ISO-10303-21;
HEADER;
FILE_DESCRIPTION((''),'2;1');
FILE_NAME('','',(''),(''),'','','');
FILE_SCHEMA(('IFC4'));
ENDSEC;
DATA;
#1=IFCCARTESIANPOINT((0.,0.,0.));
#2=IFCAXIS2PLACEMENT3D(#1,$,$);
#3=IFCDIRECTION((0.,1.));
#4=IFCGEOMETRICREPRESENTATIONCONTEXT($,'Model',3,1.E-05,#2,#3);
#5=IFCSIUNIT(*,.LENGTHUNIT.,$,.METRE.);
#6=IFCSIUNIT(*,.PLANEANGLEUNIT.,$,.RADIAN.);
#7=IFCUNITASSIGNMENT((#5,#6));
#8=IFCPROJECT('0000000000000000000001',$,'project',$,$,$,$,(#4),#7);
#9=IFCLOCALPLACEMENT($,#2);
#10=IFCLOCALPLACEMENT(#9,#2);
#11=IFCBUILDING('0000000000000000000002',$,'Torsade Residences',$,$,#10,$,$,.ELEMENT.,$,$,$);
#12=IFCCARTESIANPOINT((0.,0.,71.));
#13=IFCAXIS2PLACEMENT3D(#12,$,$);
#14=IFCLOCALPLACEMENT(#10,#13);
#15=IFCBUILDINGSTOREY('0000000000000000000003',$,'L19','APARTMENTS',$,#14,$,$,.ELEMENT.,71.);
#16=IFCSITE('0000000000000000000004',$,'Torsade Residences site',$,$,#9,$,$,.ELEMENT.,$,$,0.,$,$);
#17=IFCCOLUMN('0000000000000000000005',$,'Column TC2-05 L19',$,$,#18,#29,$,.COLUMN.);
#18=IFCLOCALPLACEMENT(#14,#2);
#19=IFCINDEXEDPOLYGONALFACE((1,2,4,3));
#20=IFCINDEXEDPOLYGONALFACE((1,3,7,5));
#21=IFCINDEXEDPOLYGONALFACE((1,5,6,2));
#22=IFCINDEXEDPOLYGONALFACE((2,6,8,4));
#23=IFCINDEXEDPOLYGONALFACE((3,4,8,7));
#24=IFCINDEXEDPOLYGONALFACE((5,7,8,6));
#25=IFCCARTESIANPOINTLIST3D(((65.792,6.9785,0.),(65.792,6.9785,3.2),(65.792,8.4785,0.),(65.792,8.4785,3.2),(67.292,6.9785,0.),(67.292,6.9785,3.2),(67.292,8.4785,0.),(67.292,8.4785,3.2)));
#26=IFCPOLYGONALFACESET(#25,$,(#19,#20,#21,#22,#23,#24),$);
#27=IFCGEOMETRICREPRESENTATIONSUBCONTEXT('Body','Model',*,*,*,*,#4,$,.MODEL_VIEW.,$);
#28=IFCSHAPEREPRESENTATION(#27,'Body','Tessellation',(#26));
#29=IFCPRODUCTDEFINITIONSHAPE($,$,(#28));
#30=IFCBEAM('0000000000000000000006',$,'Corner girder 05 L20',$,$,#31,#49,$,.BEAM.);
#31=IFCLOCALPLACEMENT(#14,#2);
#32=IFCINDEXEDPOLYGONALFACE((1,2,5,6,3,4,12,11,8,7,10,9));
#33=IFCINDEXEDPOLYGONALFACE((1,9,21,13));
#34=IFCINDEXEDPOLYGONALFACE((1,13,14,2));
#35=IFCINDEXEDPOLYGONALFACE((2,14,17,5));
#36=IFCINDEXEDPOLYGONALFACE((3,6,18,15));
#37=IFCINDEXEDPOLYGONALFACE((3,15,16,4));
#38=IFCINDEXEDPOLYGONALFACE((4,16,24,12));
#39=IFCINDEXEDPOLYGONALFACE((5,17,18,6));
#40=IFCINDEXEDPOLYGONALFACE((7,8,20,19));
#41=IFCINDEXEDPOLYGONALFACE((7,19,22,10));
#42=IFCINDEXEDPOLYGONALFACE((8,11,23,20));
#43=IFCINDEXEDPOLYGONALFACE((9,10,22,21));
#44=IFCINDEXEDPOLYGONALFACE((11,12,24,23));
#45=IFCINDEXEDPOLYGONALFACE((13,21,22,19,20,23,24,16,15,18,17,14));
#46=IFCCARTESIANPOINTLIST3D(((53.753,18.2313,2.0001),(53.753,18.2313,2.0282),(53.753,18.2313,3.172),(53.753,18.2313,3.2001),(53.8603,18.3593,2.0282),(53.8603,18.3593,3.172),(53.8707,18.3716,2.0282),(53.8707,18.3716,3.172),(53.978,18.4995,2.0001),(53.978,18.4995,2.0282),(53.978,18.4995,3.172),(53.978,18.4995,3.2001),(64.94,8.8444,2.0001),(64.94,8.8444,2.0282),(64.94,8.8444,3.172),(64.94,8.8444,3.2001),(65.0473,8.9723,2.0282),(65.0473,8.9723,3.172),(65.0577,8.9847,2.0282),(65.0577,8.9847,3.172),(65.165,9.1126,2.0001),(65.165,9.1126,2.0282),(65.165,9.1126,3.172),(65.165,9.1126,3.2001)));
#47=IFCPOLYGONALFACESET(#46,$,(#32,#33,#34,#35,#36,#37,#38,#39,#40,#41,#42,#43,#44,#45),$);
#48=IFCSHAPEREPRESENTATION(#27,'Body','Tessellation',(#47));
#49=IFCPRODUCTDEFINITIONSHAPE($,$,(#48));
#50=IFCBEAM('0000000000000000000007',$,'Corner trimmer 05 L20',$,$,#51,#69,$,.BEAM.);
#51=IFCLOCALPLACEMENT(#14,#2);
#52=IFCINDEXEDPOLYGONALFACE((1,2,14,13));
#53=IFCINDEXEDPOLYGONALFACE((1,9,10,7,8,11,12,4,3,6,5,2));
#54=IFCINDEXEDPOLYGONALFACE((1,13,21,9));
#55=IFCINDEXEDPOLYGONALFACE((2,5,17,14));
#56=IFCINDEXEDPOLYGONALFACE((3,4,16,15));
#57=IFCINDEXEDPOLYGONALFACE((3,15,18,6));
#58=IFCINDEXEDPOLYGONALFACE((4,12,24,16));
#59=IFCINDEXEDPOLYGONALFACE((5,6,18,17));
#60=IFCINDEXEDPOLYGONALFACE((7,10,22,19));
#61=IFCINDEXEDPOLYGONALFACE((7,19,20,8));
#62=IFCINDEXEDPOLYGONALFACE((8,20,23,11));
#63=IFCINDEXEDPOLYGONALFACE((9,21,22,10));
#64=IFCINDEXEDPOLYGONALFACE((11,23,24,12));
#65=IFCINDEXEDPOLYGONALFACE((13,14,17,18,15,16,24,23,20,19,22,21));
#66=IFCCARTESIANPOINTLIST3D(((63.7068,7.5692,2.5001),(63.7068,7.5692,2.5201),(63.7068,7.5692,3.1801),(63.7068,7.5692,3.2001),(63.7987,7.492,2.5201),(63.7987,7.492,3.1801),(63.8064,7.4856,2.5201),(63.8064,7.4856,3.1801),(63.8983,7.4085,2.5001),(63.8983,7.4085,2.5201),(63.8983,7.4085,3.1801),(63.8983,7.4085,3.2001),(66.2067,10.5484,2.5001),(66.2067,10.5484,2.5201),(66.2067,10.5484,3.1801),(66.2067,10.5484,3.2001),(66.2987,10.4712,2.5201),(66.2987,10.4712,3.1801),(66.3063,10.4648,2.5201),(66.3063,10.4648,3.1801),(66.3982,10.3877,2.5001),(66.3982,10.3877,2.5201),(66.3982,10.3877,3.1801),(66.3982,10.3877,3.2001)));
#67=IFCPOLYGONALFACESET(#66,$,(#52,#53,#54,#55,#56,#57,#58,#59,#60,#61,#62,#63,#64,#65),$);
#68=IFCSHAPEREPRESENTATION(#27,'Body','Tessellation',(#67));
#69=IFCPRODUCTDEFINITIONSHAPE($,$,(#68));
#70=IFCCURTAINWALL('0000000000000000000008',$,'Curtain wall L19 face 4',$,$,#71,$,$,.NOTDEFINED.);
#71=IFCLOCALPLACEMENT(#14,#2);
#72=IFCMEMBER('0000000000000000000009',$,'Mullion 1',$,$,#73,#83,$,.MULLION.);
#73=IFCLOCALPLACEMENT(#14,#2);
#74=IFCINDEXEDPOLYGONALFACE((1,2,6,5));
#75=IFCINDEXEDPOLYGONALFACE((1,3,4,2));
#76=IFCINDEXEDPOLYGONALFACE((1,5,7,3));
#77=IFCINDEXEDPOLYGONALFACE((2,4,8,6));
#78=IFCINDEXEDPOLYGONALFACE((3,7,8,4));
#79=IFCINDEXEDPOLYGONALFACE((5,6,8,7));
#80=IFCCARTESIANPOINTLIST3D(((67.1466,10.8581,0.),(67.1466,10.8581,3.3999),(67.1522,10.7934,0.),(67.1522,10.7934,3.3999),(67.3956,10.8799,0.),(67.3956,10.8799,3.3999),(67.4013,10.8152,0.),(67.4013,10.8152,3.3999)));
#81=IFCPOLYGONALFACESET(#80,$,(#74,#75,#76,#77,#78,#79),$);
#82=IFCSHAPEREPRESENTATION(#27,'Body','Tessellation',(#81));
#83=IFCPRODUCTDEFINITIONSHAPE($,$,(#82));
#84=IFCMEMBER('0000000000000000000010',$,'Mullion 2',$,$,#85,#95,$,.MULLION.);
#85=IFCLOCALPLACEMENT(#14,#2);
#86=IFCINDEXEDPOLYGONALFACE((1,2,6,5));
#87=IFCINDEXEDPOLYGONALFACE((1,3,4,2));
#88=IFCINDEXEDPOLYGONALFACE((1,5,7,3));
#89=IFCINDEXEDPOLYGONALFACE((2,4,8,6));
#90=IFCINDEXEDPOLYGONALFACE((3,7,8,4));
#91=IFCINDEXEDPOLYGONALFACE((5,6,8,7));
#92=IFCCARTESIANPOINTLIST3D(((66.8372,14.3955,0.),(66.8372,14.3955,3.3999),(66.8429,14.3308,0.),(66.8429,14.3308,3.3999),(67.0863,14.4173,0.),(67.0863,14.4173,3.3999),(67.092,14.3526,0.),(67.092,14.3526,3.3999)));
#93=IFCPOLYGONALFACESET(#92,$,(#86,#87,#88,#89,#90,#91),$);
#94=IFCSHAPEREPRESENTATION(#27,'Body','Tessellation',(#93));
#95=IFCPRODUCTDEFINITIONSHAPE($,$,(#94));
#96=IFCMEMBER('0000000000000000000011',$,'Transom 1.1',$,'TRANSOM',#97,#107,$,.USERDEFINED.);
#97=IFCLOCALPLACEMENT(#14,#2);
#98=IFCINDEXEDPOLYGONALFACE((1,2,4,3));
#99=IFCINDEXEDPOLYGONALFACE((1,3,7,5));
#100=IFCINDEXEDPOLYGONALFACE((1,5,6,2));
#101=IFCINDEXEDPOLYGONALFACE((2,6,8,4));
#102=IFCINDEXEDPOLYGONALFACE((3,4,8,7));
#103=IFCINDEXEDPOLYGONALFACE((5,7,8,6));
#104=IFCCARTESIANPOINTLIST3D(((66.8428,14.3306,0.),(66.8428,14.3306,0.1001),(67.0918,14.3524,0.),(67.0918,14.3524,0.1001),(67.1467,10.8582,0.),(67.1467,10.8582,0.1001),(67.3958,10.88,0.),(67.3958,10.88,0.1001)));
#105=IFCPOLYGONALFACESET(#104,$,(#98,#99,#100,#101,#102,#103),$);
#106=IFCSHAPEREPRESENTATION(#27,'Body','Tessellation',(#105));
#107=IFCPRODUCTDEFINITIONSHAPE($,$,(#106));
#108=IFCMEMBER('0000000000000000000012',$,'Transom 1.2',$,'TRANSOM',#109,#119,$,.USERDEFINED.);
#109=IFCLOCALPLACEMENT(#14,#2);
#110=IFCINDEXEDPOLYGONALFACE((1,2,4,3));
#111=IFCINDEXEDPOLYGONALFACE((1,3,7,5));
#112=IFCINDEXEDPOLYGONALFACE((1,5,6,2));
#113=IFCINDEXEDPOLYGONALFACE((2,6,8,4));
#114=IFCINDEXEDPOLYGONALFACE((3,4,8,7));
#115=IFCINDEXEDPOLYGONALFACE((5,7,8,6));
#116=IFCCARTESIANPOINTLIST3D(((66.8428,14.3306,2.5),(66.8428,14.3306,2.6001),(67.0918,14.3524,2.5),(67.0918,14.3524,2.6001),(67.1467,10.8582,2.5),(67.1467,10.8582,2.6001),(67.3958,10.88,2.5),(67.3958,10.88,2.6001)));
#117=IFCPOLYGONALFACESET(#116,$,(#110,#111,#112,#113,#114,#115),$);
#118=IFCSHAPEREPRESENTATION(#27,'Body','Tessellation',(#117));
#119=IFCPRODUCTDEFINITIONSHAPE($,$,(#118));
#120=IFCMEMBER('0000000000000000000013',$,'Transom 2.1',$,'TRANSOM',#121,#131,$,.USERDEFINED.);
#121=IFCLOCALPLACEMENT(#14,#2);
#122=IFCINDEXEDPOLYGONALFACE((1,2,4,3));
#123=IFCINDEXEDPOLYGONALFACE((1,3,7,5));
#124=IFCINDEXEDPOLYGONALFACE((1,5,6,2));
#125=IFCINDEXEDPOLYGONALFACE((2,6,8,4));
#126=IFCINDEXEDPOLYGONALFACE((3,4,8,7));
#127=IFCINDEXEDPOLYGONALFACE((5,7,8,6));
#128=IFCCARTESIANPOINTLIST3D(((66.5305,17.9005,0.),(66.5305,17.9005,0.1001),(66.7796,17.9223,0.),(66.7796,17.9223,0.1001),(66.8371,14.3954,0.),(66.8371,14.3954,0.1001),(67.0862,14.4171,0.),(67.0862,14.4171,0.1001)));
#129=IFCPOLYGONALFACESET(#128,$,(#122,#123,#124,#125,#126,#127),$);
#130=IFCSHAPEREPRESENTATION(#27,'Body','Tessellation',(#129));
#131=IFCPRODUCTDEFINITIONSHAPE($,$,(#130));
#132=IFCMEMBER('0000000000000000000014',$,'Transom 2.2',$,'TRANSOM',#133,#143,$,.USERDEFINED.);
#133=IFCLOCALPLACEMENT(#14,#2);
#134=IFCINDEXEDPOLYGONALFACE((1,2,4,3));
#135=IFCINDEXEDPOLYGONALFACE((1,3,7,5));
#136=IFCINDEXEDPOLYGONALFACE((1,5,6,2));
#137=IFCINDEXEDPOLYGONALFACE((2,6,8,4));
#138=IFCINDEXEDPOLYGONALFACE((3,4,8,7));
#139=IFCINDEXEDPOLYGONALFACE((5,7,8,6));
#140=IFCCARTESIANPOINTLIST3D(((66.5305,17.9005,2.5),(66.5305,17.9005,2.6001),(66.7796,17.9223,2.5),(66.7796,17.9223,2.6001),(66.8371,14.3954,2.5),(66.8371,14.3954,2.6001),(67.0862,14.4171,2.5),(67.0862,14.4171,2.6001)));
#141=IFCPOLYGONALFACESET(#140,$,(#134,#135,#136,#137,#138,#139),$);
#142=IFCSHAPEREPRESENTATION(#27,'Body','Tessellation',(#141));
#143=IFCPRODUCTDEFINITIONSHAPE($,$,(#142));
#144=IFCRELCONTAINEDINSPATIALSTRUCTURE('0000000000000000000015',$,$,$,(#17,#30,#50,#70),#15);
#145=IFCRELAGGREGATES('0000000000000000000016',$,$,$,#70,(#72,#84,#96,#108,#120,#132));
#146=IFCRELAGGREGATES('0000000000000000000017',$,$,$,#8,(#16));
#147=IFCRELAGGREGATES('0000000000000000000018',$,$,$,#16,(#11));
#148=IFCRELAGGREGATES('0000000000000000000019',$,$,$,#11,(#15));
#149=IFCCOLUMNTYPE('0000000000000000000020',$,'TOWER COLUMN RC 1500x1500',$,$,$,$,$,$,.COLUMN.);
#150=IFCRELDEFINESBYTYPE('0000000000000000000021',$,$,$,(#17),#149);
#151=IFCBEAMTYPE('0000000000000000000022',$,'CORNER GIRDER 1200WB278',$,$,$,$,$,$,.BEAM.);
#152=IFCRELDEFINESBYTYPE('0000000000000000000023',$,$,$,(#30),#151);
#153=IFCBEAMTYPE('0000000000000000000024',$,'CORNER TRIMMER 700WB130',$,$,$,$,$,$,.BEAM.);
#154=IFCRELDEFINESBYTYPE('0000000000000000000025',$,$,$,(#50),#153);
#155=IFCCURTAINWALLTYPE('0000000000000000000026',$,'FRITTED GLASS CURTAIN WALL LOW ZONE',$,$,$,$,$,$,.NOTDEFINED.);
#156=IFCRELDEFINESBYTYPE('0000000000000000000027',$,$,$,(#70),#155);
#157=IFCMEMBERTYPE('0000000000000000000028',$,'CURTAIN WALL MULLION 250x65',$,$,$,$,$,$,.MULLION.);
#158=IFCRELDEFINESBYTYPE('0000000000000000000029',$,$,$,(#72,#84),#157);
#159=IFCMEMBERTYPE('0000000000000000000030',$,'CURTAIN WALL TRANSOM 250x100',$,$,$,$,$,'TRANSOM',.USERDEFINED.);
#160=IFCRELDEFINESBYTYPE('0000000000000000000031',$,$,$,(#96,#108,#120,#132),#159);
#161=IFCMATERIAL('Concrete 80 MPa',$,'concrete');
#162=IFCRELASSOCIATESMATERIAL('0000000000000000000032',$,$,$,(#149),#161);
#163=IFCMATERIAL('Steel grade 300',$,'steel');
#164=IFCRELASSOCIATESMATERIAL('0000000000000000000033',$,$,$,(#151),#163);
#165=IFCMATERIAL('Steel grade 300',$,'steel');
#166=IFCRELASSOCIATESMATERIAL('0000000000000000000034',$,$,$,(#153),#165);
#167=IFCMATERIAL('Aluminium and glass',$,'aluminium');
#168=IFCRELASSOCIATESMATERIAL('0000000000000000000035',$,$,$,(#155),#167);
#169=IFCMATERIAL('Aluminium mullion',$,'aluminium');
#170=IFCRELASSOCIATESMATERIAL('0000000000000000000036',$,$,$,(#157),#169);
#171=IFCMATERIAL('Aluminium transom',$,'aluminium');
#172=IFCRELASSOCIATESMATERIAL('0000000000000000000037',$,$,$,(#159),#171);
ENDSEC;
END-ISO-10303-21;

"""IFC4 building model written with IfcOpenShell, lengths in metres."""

from ifc_helpers import new_model, si_unit, direction, frame, origin, origin_2d, place, context, subcontext, project, spatial, rectangle, i_section, extrude, material, material_profile, profile_set, type_object, element, aggregate, save


model = new_model("IFC4")

# Units and contexts
model_context = context("Model", 3, precision=1e-05, world=origin(), true_north=direction((0.0, 1.0)))
body_context = subcontext(model_context, "Body", "Model", "MODEL_VIEW")
ifc_project = project(units=[si_unit("LENGTHUNIT", "METRE"), si_unit("PLANEANGLEUNIT", "RADIAN")], contexts=[model_context])

# Site, building, storey
site_placement = place(None, origin())
site = spatial("IfcSite", under=ifc_project, at=site_placement, Name="Torsade Residences site", CompositionType="ELEMENT", RefElevation=0.0)
building_placement = place(site_placement, origin())
building = spatial("IfcBuilding", under=site, at=building_placement, Name="Torsade Residences", CompositionType="ELEMENT")
storey_placement = place(building_placement, frame((0.0, 0.0, 71.0)))
storey = spatial("IfcBuildingStorey", under=building, at=storey_placement, Name="L19", Description="APARTMENTS", CompositionType="ELEMENT", Elevation=71.0)

# Column
ifc_material_1 = material(Name="Concrete 80 MPa", Category="concrete")
ifc_material_profile_1 = material_profile(ifc_material_1, rectangle(XDim=1.5, YDim=1.5, at=origin_2d()), Name="RC 1500x1500")
ifc_profile_set_1 = profile_set([ifc_material_profile_1], Name="Concrete 80 MPa")
column_type = type_object("IfcColumnType", Name="TOWER COLUMN RC 1500x1500", PredefinedType="COLUMN", material=ifc_profile_set_1)
column_placement = place(storey_placement, frame((66.542, 7.7285, 0.0), z_axis=(0.0, 0.0, 1.0), x_axis=(1.0, 0.0, 0.0)))
element("IfcColumn", 1, at=column_placement, inside=storey, type_object=column_type, Name="Column TC2-05 L19", PredefinedType="COLUMN", context=body_context, shape_type="SweptSolid", body=[
    extrude(rectangle(XDim=1.5, YDim=1.5, at=origin_2d()), origin(), (0.0, 0.0, 1.0), 3.2),
])

# Beams
ifc_material_2 = material(Name="Steel grade 300", Category="steel")
ifc_material_profile_2 = material_profile(ifc_material_2, i_section(OverallWidth=0.3501, OverallDepth=1.2, WebThickness=0.0161, FlangeThickness=0.0281, at=origin_2d()), Name="1200WB278")
ifc_profile_set_2 = profile_set([ifc_material_profile_2], Name="Steel grade 300")
beam_type_1 = type_object("IfcBeamType", Name="CORNER GIRDER 1200WB278", PredefinedType="BEAM", material=ifc_profile_set_2)
beam_1_placement = place(storey_placement, frame((65.0525, 8.9785, 2.6001), z_axis=(-0.766046, 0.642785, 0.0), x_axis=(-0.642785, -0.766046, 0.0)))
element("IfcBeam", 2, at=beam_1_placement, inside=storey, type_object=beam_type_1, Name="Corner girder 05 L20", PredefinedType="BEAM", context=body_context, shape_type="SweptSolid", body=[
    extrude(i_section(OverallWidth=0.3501, OverallDepth=1.2, WebThickness=0.0161, FlangeThickness=0.0281, at=origin_2d()), origin(), (0.0, 0.0, 1.0), 14.6035),
])
ifc_material_3 = material(Name="Steel grade 300", Category="steel")
ifc_material_profile_3 = material_profile(ifc_material_3, i_section(OverallWidth=0.25, OverallDepth=0.7, WebThickness=0.01, FlangeThickness=0.02, at=origin_2d()), Name="700WB130")
ifc_profile_set_3 = profile_set([ifc_material_profile_3], Name="Steel grade 300")
beam_type_2 = type_object("IfcBeamType", Name="CORNER TRIMMER 700WB130", PredefinedType="BEAM", material=ifc_profile_set_3)
beam_2_placement = place(storey_placement, frame((66.3025, 10.468, 2.8501), z_axis=(-0.642805, -0.76603, 0.0), x_axis=(0.76603, -0.642805, 0.0)))
element("IfcBeam", 3, at=beam_2_placement, inside=storey, type_object=beam_type_2, Name="Corner trimmer 05 L20", PredefinedType="BEAM", context=body_context, shape_type="SweptSolid", body=[
    extrude(i_section(OverallWidth=0.25, OverallDepth=0.7, WebThickness=0.01, FlangeThickness=0.02, at=origin_2d()), origin(), (0.0, 0.0, 1.0), 3.8892),
])

# Curtain wall, members
ifc_material_4 = material(Name="Aluminium and glass", Category="aluminium")
curtain_wall_type = type_object("IfcCurtainWallType", Name="FRITTED GLASS CURTAIN WALL LOW ZONE", PredefinedType="NOTDEFINED", material=ifc_material_4)
curtain_wall_placement = place(storey_placement, origin())
curtain_wall = element("IfcCurtainWall", 4, at=curtain_wall_placement, inside=storey, type_object=curtain_wall_type, Name="Curtain wall L19 face 4", PredefinedType="NOTDEFINED")
ifc_material_5 = material(Name="Aluminium mullion", Category="aluminium")
ifc_material_profile_4 = material_profile(ifc_material_5, rectangle(XDim=0.25, YDim=0.0649, at=origin_2d()), Name="CURTAIN WALL MULLION 250x65")
ifc_profile_set_4 = profile_set([ifc_material_profile_4], Name="Aluminium mullion")
member_type_1 = type_object("IfcMemberType", Name="CURTAIN WALL MULLION 250x65", PredefinedType="MULLION", material=ifc_profile_set_4)
member_1_placement = place(storey_placement, frame((67.2739, 10.8367, 0.0), z_axis=(0.0, 0.0, 1.0), x_axis=(-0.996195, -0.087156, 0.0)))
member_1 = element("IfcMember", 5, at=member_1_placement, type_object=member_type_1, Name="Mullion 1", PredefinedType="MULLION", context=body_context, shape_type="SweptSolid", body=[
    extrude(rectangle(XDim=0.25, YDim=0.0649, at=origin_2d()), origin(), (0.0, 0.0, 1.0), 3.3999),
])
member_2_placement = place(storey_placement, frame((66.9646, 14.374, 0.0), z_axis=(0.0, 0.0, 1.0), x_axis=(-0.996195, -0.087156, 0.0)))
member_2 = element("IfcMember", 6, at=member_2_placement, type_object=member_type_1, Name="Mullion 2", PredefinedType="MULLION", context=body_context, shape_type="SweptSolid", body=[
    extrude(rectangle(XDim=0.25, YDim=0.0649, at=origin_2d()), origin(), (0.0, 0.0, 1.0), 3.3999),
])
ifc_material_6 = material(Name="Aluminium transom", Category="aluminium")
ifc_material_profile_5 = material_profile(ifc_material_6, rectangle(XDim=0.25, YDim=0.1001, at=origin_2d()), Name="CURTAIN WALL TRANSOM 250x100")
ifc_profile_set_5 = profile_set([ifc_material_profile_5], Name="Aluminium transom")
member_type_2 = type_object("IfcMemberType", Name="CURTAIN WALL TRANSOM 250x100", ElementType="TRANSOM", PredefinedType="USERDEFINED", material=ifc_profile_set_5)
member_3_placement = place(storey_placement, frame((67.2712, 10.8691, 0.05), z_axis=(-0.087201, 0.996191, 0.0), x_axis=(-0.996191, -0.087201, 0.0)))
member_3 = element("IfcMember", 7, at=member_3_placement, type_object=member_type_2, Name="Transom 1.1", ObjectType="TRANSOM", PredefinedType="USERDEFINED", context=body_context, shape_type="SweptSolid", body=[
    extrude(rectangle(XDim=0.25, YDim=0.1001, at=origin_2d()), origin(), (0.0, 0.0, 1.0), 3.4856),
])
member_4_placement = place(storey_placement, frame((67.2712, 10.8691, 2.55), z_axis=(-0.087201, 0.996191, 0.0), x_axis=(-0.996191, -0.087201, 0.0)))
member_4 = element("IfcMember", 8, at=member_4_placement, type_object=member_type_2, Name="Transom 1.2", ObjectType="TRANSOM", PredefinedType="USERDEFINED", context=body_context, shape_type="SweptSolid", body=[
    extrude(rectangle(XDim=0.25, YDim=0.1001, at=origin_2d()), origin(), (0.0, 0.0, 1.0), 3.4856),
])
member_5_placement = place(storey_placement, frame((66.9617, 14.4062, 0.05), z_axis=(-0.087151, 0.996195, 0.0), x_axis=(-0.996195, -0.087151, 0.0)))
member_5 = element("IfcMember", 9, at=member_5_placement, type_object=member_type_2, Name="Transom 2.1", ObjectType="TRANSOM", PredefinedType="USERDEFINED", context=body_context, shape_type="SweptSolid", body=[
    extrude(rectangle(XDim=0.25, YDim=0.1001, at=origin_2d()), origin(), (0.0, 0.0, 1.0), 3.5186),
])
member_6_placement = place(storey_placement, frame((66.9617, 14.4062, 2.55), z_axis=(-0.087151, 0.996195, 0.0), x_axis=(-0.996195, -0.087151, 0.0)))
member_6 = element("IfcMember", 10, at=member_6_placement, type_object=member_type_2, Name="Transom 2.2", ObjectType="TRANSOM", PredefinedType="USERDEFINED", context=body_context, shape_type="SweptSolid", body=[
    extrude(rectangle(XDim=0.25, YDim=0.1001, at=origin_2d()), origin(), (0.0, 0.0, 1.0), 3.5186),
])

aggregate(curtain_wall, [member_1, member_2, member_3, member_4, member_5, member_6])

save(model, "model.ifc")
